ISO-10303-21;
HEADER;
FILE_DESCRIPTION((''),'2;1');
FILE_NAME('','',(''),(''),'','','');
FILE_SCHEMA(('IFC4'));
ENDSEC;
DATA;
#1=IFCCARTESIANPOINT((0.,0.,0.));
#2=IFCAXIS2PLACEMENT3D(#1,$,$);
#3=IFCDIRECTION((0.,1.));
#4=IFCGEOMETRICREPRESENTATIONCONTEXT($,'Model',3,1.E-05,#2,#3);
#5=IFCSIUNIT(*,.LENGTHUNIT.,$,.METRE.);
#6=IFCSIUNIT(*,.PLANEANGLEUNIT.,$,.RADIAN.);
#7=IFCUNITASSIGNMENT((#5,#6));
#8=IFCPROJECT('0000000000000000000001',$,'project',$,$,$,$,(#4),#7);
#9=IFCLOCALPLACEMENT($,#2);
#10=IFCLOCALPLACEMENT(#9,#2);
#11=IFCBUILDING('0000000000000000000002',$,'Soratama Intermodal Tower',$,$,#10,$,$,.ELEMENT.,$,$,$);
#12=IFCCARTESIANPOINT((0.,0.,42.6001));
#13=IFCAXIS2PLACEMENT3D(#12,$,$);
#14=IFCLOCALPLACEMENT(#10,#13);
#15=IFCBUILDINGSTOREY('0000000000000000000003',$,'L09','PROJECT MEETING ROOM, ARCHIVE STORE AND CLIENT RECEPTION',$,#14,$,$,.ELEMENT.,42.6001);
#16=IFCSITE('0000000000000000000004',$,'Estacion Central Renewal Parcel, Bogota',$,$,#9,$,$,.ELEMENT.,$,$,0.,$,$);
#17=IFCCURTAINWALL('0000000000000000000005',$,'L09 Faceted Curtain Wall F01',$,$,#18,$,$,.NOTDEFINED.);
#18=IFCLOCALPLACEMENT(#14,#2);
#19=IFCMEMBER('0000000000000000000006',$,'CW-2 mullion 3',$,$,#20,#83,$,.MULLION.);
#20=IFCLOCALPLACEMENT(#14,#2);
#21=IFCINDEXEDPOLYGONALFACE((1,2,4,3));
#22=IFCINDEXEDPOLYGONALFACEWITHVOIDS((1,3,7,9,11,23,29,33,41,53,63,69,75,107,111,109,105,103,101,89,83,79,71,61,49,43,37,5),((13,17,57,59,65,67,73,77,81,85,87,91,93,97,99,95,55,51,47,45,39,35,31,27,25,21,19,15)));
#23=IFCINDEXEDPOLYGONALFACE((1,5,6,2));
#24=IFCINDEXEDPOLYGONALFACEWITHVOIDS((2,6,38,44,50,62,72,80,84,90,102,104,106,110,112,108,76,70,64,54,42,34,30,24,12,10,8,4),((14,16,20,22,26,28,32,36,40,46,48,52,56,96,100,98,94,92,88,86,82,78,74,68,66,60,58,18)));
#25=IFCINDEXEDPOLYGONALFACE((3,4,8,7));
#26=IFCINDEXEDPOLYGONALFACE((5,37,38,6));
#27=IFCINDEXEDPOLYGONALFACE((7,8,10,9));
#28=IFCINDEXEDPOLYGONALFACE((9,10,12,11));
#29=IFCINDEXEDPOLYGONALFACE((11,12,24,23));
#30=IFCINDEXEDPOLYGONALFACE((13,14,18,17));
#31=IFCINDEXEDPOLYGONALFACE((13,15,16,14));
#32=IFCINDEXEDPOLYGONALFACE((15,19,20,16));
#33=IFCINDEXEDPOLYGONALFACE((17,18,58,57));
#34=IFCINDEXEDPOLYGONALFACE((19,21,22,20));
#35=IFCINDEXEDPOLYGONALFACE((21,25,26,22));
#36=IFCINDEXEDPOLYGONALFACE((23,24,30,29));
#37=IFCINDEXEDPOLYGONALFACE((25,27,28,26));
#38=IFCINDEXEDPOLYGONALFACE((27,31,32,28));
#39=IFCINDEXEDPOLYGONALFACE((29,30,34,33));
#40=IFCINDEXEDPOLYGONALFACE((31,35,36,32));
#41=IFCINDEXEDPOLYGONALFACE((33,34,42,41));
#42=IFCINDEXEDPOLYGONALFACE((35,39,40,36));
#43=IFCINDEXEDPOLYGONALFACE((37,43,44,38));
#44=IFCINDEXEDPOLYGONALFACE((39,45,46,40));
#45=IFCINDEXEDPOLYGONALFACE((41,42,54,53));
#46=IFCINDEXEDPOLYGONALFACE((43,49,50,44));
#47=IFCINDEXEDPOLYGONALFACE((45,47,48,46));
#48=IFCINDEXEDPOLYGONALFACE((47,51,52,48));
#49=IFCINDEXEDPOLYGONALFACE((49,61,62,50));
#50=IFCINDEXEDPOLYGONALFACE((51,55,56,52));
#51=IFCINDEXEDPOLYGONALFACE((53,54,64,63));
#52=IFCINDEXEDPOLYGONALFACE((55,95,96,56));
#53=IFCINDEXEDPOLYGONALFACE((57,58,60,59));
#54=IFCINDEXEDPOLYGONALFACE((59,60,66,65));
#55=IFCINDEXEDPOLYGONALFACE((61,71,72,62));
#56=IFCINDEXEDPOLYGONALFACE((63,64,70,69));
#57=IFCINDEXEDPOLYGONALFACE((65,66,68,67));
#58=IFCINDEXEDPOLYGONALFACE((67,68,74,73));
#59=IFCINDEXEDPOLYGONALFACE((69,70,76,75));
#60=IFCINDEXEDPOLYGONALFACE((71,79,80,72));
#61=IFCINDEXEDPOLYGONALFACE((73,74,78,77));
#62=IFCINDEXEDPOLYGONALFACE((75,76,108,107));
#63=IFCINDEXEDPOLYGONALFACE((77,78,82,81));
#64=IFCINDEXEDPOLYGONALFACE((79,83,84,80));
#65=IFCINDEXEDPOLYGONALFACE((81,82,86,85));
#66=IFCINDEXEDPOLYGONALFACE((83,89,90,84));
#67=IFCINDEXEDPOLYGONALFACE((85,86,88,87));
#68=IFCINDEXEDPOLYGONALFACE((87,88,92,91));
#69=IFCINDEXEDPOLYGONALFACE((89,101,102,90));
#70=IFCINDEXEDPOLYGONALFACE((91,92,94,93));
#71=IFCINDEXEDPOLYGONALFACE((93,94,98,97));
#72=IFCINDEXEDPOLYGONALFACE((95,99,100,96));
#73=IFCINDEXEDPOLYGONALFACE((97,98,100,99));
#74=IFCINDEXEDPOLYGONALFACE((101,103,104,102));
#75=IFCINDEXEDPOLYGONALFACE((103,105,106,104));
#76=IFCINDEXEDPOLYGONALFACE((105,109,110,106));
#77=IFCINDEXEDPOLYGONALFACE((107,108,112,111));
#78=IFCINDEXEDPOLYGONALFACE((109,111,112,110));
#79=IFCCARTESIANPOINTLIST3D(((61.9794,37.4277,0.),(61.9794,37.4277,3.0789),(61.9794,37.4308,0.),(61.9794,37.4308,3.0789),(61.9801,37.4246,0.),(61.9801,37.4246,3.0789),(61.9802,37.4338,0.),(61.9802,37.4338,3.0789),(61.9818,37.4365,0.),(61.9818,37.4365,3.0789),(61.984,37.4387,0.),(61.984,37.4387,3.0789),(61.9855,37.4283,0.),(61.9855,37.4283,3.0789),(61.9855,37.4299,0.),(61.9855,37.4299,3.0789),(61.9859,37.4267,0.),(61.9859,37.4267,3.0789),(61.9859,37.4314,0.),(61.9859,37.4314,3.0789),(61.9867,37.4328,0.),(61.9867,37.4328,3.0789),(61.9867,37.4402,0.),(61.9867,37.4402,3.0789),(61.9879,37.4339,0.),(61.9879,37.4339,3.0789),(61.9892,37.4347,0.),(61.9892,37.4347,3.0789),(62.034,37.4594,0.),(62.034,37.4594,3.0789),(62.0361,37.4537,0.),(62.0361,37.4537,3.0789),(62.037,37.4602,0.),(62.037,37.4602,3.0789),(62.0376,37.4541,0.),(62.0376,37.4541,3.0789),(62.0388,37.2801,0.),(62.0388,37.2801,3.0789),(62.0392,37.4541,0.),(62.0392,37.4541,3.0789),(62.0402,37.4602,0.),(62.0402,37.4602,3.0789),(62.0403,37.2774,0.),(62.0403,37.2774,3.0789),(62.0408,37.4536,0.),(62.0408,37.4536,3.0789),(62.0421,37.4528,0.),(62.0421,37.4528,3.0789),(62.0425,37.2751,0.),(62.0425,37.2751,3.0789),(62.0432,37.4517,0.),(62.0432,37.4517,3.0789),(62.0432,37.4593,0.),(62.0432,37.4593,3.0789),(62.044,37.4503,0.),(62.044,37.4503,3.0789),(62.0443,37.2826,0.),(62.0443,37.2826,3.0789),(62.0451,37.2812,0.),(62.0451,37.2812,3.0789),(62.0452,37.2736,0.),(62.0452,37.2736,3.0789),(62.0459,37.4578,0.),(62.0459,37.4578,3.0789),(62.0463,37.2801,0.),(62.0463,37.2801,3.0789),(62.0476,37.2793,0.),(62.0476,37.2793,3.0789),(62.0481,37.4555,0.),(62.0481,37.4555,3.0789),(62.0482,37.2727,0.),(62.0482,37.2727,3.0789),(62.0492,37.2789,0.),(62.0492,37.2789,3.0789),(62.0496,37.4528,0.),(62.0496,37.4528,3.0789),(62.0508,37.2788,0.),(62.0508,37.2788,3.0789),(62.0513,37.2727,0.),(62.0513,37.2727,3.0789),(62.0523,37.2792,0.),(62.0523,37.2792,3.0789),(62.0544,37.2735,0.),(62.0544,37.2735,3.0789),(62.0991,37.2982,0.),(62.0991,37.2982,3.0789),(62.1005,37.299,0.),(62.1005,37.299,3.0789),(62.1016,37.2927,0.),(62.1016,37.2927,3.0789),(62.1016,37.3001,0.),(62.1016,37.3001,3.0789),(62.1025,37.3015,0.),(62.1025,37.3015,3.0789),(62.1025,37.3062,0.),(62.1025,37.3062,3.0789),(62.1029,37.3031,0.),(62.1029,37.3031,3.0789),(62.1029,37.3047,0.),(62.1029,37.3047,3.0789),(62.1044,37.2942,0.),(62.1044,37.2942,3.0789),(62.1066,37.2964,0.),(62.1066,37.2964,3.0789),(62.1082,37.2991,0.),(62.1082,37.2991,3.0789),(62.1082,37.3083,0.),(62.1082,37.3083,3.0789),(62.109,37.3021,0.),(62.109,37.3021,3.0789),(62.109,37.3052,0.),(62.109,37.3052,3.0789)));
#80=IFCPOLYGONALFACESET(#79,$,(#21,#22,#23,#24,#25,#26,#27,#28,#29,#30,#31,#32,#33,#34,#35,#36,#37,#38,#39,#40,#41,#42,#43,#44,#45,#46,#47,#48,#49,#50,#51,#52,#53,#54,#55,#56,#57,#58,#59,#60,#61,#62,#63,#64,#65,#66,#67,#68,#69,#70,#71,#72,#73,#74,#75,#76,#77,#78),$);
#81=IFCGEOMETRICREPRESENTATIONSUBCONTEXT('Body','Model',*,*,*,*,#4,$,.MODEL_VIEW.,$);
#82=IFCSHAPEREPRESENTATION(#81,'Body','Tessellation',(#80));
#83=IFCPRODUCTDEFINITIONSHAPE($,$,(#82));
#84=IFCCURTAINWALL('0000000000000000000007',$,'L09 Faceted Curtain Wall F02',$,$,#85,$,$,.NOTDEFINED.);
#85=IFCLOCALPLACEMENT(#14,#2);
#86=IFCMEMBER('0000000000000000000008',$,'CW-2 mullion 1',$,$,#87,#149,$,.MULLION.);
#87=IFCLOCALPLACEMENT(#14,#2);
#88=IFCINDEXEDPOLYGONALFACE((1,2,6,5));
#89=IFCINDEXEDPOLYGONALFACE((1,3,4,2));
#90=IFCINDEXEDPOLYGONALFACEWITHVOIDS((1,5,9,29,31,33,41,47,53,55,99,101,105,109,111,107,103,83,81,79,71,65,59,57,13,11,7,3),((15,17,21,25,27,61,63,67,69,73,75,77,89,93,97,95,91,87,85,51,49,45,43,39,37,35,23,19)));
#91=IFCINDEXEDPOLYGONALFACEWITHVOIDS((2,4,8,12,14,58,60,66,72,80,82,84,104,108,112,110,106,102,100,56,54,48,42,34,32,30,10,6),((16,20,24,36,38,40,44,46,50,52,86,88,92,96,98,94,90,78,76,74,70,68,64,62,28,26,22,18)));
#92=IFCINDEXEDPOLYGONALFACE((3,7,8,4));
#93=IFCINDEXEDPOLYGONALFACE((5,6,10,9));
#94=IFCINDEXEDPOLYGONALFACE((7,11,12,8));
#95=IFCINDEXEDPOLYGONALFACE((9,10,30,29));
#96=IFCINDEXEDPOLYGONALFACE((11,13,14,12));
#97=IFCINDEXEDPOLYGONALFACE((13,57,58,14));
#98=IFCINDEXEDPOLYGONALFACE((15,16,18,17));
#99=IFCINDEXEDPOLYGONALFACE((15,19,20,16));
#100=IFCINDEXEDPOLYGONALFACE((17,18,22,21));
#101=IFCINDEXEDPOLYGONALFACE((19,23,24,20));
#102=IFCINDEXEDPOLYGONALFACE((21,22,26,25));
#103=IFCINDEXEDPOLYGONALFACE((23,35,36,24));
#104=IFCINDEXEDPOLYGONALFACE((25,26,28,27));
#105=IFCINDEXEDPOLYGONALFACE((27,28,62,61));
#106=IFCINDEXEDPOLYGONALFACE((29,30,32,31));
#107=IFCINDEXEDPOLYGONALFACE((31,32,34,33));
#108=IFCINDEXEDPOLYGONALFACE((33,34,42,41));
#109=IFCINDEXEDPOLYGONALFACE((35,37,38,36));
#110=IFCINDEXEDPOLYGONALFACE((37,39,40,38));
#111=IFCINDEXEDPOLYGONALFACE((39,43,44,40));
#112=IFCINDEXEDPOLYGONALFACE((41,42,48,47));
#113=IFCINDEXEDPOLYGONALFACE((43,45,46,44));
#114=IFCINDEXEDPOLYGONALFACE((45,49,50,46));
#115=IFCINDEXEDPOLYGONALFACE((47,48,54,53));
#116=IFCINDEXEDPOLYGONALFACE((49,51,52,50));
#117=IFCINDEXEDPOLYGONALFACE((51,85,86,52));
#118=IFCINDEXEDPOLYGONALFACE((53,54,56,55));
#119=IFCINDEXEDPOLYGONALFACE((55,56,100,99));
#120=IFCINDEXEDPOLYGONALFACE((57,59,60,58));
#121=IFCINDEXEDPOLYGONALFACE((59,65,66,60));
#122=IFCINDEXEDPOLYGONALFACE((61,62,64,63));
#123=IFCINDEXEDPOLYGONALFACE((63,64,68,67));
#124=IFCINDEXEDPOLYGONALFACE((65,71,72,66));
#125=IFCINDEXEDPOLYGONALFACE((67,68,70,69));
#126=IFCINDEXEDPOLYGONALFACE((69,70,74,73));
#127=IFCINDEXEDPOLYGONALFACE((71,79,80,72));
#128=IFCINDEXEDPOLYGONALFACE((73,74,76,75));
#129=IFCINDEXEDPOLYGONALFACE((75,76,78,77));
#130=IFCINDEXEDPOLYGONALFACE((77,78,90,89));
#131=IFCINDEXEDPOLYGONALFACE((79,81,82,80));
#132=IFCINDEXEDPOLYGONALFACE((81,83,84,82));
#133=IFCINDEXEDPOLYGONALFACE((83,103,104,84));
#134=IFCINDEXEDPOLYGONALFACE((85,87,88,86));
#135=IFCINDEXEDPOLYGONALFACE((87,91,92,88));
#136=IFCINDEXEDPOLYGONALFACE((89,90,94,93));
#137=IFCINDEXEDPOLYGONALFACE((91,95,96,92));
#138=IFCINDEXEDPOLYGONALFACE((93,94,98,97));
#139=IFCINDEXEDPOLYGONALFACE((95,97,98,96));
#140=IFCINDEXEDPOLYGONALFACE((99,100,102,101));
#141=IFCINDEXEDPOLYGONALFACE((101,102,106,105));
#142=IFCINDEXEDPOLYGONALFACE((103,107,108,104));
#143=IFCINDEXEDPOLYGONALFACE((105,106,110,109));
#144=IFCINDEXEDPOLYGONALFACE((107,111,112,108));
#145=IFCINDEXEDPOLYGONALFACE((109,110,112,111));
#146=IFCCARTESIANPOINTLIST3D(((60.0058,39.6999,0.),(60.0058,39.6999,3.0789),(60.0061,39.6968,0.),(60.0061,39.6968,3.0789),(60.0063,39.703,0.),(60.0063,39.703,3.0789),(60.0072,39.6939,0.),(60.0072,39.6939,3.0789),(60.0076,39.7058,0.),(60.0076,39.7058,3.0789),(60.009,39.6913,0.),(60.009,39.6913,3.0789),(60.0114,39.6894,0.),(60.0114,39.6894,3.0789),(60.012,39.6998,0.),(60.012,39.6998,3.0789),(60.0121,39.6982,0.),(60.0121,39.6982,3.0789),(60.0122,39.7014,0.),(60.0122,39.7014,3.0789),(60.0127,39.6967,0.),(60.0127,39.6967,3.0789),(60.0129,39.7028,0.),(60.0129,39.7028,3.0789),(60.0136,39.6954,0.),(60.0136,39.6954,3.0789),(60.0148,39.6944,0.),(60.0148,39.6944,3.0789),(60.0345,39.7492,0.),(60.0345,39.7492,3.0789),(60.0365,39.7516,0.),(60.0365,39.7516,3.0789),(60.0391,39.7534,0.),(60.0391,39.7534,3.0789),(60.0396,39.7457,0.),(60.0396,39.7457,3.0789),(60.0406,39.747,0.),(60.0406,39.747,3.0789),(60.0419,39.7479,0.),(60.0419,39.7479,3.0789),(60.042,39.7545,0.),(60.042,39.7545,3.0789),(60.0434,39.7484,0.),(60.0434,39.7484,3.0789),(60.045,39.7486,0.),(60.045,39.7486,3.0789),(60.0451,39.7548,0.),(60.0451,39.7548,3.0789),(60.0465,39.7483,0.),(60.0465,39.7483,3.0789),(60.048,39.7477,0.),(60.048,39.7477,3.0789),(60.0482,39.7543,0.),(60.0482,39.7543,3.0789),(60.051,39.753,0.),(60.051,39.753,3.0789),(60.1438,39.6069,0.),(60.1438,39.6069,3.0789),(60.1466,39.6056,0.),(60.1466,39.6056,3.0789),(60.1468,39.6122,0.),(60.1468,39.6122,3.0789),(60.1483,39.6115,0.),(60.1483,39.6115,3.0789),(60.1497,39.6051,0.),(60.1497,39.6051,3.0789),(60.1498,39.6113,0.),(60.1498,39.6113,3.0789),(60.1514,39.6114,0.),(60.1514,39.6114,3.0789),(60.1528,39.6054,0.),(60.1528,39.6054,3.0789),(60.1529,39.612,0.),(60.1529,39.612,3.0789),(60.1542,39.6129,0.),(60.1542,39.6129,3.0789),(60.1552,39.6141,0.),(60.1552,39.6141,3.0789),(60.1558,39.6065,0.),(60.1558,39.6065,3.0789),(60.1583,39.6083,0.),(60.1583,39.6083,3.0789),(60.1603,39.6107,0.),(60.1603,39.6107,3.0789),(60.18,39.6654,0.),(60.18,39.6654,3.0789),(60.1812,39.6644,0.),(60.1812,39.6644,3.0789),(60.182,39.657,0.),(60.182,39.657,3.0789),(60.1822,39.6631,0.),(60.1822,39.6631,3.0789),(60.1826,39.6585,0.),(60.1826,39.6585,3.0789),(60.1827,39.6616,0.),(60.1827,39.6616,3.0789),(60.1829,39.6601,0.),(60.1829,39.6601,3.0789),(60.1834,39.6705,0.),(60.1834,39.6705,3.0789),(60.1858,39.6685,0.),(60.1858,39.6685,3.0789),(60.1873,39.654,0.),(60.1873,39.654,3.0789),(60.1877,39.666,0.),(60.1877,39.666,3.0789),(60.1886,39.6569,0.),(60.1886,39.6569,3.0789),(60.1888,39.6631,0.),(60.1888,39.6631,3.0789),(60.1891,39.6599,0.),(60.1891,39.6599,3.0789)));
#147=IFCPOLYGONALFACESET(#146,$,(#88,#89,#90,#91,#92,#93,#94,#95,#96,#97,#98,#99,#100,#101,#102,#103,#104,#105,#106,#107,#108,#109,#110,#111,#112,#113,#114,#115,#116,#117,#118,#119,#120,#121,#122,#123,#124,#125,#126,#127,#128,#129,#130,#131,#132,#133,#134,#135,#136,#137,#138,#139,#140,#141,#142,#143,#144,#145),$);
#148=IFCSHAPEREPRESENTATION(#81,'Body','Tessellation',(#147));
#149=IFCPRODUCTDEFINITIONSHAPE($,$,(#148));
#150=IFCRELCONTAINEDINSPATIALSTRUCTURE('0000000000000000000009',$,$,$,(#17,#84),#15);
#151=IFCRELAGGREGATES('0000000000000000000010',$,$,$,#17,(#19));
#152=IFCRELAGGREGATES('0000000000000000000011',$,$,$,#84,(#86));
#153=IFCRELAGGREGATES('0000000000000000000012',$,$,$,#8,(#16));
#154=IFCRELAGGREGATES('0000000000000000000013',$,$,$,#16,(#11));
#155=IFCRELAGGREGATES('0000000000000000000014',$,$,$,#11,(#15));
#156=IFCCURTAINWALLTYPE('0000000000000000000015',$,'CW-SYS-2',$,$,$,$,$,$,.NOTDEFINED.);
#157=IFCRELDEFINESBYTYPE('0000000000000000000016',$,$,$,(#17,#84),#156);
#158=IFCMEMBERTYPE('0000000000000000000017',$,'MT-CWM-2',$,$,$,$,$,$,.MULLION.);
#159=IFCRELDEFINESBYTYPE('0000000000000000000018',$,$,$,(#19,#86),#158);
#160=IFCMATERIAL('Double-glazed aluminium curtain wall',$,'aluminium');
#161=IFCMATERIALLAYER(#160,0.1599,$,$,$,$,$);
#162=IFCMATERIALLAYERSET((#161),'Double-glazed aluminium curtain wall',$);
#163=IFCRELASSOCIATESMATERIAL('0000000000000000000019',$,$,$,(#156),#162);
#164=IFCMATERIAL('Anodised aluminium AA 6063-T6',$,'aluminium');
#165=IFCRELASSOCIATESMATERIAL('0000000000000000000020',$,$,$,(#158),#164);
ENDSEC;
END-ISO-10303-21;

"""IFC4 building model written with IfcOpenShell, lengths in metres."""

from ifc_helpers import new_model, si_unit, direction, frame, origin, origin_2d, place, context, subcontext, project, spatial, hollow_rectangle, extrude, material, layer, layer_set, material_profile, profile_set, type_object, element, aggregate, save


model = new_model("IFC4")

# Units and contexts
model_context = context("Model", 3, precision=1e-05, world=origin(), true_north=direction((0.0, 1.0)))
body_context = subcontext(model_context, "Body", "Model", "MODEL_VIEW")
ifc_project = project(units=[si_unit("LENGTHUNIT", "METRE"), si_unit("PLANEANGLEUNIT", "RADIAN")], contexts=[model_context])

# Site, building, storey
site_placement = place(None, origin())
site = spatial("IfcSite", under=ifc_project, at=site_placement, Name="Estacion Central Renewal Parcel, Bogota", CompositionType="ELEMENT", RefElevation=0.0)
building_placement = place(site_placement, origin())
building = spatial("IfcBuilding", under=site, at=building_placement, Name="Soratama Intermodal Tower", CompositionType="ELEMENT")
storey_placement = place(building_placement, frame((0.0, 0.0, 42.6001)))
storey = spatial("IfcBuildingStorey", under=building, at=storey_placement, Name="L09", Description="PROJECT MEETING ROOM, ARCHIVE STORE AND CLIENT RECEPTION", CompositionType="ELEMENT", Elevation=42.6001)

# Curtain wall, member
ifc_material_1 = material(Name="Double-glazed aluminium curtain wall", Category="aluminium")
ifc_layer_1 = layer(ifc_material_1, 0.1599)
ifc_layer_set_1 = layer_set([ifc_layer_1], Name="Double-glazed aluminium curtain wall")
curtain_wall_type = type_object("IfcCurtainWallType", Name="CW-SYS-2", PredefinedType="NOTDEFINED", material=ifc_layer_set_1)
curtain_wall_1_placement = place(storey_placement, origin())
curtain_wall_1 = element("IfcCurtainWall", 1, at=curtain_wall_1_placement, inside=storey, type_object=curtain_wall_type, Name="L09 Faceted Curtain Wall F01", PredefinedType="NOTDEFINED")
ifc_material_2 = material(Name="Anodised aluminium AA 6063-T6", Category="aluminium")
ifc_material_profile_1 = material_profile(ifc_material_2, hollow_rectangle(XDim=0.075, YDim=0.1799, WallThickness=0.0061, InnerFilletRadius=0.0061, OuterFilletRadius=0.012, at=origin_2d()), Name="CWM180X75X6")
ifc_profile_set_1 = profile_set([ifc_material_profile_1], Name="Anodised aluminium AA 6063-T6")
member_type_1 = type_object("IfcMemberType", Name="MT-CWM-2", PredefinedType="MULLION", material=ifc_profile_set_1)
member_1_placement = place(storey_placement, frame((62.0442, 37.3665, 0.0), z_axis=(0.0, 0.0, 1.0), x_axis=(-0.926657, -0.375908, 0.0)))
member_1 = element("IfcMember", 2, at=member_1_placement, type_object=member_type_1, Name="CW-2 mullion 3", PredefinedType="MULLION", context=body_context, shape_type="SweptSolid", body=[
    extrude(hollow_rectangle(XDim=0.075, YDim=0.1799, WallThickness=0.0061, InnerFilletRadius=0.0061, OuterFilletRadius=0.012, at=origin_2d()), origin(), (0.0, 0.0, 1.0), 3.0789),
])

# Curtain wall, member
curtain_wall_2_placement = place(storey_placement, origin())
curtain_wall_2 = element("IfcCurtainWall", 3, at=curtain_wall_2_placement, inside=storey, type_object=curtain_wall_type, Name="L09 Faceted Curtain Wall F02", PredefinedType="NOTDEFINED")
member_2_placement = place(storey_placement, frame((60.0974, 39.6799, 0.0), z_axis=(0.0, 0.0, 1.0), x_axis=(-0.528735, -0.848787, 0.0)))
member_2 = element("IfcMember", 4, at=member_2_placement, type_object=member_type_1, Name="CW-2 mullion 1", PredefinedType="MULLION", context=body_context, shape_type="SweptSolid", body=[
    extrude(hollow_rectangle(XDim=0.075, YDim=0.1799, WallThickness=0.0061, InnerFilletRadius=0.0061, OuterFilletRadius=0.012, at=origin_2d()), origin(), (0.0, 0.0, 1.0), 3.0789),
])

aggregate(curtain_wall_1, [member_1])
aggregate(curtain_wall_2, [member_2])

save(model, "model.ifc")
